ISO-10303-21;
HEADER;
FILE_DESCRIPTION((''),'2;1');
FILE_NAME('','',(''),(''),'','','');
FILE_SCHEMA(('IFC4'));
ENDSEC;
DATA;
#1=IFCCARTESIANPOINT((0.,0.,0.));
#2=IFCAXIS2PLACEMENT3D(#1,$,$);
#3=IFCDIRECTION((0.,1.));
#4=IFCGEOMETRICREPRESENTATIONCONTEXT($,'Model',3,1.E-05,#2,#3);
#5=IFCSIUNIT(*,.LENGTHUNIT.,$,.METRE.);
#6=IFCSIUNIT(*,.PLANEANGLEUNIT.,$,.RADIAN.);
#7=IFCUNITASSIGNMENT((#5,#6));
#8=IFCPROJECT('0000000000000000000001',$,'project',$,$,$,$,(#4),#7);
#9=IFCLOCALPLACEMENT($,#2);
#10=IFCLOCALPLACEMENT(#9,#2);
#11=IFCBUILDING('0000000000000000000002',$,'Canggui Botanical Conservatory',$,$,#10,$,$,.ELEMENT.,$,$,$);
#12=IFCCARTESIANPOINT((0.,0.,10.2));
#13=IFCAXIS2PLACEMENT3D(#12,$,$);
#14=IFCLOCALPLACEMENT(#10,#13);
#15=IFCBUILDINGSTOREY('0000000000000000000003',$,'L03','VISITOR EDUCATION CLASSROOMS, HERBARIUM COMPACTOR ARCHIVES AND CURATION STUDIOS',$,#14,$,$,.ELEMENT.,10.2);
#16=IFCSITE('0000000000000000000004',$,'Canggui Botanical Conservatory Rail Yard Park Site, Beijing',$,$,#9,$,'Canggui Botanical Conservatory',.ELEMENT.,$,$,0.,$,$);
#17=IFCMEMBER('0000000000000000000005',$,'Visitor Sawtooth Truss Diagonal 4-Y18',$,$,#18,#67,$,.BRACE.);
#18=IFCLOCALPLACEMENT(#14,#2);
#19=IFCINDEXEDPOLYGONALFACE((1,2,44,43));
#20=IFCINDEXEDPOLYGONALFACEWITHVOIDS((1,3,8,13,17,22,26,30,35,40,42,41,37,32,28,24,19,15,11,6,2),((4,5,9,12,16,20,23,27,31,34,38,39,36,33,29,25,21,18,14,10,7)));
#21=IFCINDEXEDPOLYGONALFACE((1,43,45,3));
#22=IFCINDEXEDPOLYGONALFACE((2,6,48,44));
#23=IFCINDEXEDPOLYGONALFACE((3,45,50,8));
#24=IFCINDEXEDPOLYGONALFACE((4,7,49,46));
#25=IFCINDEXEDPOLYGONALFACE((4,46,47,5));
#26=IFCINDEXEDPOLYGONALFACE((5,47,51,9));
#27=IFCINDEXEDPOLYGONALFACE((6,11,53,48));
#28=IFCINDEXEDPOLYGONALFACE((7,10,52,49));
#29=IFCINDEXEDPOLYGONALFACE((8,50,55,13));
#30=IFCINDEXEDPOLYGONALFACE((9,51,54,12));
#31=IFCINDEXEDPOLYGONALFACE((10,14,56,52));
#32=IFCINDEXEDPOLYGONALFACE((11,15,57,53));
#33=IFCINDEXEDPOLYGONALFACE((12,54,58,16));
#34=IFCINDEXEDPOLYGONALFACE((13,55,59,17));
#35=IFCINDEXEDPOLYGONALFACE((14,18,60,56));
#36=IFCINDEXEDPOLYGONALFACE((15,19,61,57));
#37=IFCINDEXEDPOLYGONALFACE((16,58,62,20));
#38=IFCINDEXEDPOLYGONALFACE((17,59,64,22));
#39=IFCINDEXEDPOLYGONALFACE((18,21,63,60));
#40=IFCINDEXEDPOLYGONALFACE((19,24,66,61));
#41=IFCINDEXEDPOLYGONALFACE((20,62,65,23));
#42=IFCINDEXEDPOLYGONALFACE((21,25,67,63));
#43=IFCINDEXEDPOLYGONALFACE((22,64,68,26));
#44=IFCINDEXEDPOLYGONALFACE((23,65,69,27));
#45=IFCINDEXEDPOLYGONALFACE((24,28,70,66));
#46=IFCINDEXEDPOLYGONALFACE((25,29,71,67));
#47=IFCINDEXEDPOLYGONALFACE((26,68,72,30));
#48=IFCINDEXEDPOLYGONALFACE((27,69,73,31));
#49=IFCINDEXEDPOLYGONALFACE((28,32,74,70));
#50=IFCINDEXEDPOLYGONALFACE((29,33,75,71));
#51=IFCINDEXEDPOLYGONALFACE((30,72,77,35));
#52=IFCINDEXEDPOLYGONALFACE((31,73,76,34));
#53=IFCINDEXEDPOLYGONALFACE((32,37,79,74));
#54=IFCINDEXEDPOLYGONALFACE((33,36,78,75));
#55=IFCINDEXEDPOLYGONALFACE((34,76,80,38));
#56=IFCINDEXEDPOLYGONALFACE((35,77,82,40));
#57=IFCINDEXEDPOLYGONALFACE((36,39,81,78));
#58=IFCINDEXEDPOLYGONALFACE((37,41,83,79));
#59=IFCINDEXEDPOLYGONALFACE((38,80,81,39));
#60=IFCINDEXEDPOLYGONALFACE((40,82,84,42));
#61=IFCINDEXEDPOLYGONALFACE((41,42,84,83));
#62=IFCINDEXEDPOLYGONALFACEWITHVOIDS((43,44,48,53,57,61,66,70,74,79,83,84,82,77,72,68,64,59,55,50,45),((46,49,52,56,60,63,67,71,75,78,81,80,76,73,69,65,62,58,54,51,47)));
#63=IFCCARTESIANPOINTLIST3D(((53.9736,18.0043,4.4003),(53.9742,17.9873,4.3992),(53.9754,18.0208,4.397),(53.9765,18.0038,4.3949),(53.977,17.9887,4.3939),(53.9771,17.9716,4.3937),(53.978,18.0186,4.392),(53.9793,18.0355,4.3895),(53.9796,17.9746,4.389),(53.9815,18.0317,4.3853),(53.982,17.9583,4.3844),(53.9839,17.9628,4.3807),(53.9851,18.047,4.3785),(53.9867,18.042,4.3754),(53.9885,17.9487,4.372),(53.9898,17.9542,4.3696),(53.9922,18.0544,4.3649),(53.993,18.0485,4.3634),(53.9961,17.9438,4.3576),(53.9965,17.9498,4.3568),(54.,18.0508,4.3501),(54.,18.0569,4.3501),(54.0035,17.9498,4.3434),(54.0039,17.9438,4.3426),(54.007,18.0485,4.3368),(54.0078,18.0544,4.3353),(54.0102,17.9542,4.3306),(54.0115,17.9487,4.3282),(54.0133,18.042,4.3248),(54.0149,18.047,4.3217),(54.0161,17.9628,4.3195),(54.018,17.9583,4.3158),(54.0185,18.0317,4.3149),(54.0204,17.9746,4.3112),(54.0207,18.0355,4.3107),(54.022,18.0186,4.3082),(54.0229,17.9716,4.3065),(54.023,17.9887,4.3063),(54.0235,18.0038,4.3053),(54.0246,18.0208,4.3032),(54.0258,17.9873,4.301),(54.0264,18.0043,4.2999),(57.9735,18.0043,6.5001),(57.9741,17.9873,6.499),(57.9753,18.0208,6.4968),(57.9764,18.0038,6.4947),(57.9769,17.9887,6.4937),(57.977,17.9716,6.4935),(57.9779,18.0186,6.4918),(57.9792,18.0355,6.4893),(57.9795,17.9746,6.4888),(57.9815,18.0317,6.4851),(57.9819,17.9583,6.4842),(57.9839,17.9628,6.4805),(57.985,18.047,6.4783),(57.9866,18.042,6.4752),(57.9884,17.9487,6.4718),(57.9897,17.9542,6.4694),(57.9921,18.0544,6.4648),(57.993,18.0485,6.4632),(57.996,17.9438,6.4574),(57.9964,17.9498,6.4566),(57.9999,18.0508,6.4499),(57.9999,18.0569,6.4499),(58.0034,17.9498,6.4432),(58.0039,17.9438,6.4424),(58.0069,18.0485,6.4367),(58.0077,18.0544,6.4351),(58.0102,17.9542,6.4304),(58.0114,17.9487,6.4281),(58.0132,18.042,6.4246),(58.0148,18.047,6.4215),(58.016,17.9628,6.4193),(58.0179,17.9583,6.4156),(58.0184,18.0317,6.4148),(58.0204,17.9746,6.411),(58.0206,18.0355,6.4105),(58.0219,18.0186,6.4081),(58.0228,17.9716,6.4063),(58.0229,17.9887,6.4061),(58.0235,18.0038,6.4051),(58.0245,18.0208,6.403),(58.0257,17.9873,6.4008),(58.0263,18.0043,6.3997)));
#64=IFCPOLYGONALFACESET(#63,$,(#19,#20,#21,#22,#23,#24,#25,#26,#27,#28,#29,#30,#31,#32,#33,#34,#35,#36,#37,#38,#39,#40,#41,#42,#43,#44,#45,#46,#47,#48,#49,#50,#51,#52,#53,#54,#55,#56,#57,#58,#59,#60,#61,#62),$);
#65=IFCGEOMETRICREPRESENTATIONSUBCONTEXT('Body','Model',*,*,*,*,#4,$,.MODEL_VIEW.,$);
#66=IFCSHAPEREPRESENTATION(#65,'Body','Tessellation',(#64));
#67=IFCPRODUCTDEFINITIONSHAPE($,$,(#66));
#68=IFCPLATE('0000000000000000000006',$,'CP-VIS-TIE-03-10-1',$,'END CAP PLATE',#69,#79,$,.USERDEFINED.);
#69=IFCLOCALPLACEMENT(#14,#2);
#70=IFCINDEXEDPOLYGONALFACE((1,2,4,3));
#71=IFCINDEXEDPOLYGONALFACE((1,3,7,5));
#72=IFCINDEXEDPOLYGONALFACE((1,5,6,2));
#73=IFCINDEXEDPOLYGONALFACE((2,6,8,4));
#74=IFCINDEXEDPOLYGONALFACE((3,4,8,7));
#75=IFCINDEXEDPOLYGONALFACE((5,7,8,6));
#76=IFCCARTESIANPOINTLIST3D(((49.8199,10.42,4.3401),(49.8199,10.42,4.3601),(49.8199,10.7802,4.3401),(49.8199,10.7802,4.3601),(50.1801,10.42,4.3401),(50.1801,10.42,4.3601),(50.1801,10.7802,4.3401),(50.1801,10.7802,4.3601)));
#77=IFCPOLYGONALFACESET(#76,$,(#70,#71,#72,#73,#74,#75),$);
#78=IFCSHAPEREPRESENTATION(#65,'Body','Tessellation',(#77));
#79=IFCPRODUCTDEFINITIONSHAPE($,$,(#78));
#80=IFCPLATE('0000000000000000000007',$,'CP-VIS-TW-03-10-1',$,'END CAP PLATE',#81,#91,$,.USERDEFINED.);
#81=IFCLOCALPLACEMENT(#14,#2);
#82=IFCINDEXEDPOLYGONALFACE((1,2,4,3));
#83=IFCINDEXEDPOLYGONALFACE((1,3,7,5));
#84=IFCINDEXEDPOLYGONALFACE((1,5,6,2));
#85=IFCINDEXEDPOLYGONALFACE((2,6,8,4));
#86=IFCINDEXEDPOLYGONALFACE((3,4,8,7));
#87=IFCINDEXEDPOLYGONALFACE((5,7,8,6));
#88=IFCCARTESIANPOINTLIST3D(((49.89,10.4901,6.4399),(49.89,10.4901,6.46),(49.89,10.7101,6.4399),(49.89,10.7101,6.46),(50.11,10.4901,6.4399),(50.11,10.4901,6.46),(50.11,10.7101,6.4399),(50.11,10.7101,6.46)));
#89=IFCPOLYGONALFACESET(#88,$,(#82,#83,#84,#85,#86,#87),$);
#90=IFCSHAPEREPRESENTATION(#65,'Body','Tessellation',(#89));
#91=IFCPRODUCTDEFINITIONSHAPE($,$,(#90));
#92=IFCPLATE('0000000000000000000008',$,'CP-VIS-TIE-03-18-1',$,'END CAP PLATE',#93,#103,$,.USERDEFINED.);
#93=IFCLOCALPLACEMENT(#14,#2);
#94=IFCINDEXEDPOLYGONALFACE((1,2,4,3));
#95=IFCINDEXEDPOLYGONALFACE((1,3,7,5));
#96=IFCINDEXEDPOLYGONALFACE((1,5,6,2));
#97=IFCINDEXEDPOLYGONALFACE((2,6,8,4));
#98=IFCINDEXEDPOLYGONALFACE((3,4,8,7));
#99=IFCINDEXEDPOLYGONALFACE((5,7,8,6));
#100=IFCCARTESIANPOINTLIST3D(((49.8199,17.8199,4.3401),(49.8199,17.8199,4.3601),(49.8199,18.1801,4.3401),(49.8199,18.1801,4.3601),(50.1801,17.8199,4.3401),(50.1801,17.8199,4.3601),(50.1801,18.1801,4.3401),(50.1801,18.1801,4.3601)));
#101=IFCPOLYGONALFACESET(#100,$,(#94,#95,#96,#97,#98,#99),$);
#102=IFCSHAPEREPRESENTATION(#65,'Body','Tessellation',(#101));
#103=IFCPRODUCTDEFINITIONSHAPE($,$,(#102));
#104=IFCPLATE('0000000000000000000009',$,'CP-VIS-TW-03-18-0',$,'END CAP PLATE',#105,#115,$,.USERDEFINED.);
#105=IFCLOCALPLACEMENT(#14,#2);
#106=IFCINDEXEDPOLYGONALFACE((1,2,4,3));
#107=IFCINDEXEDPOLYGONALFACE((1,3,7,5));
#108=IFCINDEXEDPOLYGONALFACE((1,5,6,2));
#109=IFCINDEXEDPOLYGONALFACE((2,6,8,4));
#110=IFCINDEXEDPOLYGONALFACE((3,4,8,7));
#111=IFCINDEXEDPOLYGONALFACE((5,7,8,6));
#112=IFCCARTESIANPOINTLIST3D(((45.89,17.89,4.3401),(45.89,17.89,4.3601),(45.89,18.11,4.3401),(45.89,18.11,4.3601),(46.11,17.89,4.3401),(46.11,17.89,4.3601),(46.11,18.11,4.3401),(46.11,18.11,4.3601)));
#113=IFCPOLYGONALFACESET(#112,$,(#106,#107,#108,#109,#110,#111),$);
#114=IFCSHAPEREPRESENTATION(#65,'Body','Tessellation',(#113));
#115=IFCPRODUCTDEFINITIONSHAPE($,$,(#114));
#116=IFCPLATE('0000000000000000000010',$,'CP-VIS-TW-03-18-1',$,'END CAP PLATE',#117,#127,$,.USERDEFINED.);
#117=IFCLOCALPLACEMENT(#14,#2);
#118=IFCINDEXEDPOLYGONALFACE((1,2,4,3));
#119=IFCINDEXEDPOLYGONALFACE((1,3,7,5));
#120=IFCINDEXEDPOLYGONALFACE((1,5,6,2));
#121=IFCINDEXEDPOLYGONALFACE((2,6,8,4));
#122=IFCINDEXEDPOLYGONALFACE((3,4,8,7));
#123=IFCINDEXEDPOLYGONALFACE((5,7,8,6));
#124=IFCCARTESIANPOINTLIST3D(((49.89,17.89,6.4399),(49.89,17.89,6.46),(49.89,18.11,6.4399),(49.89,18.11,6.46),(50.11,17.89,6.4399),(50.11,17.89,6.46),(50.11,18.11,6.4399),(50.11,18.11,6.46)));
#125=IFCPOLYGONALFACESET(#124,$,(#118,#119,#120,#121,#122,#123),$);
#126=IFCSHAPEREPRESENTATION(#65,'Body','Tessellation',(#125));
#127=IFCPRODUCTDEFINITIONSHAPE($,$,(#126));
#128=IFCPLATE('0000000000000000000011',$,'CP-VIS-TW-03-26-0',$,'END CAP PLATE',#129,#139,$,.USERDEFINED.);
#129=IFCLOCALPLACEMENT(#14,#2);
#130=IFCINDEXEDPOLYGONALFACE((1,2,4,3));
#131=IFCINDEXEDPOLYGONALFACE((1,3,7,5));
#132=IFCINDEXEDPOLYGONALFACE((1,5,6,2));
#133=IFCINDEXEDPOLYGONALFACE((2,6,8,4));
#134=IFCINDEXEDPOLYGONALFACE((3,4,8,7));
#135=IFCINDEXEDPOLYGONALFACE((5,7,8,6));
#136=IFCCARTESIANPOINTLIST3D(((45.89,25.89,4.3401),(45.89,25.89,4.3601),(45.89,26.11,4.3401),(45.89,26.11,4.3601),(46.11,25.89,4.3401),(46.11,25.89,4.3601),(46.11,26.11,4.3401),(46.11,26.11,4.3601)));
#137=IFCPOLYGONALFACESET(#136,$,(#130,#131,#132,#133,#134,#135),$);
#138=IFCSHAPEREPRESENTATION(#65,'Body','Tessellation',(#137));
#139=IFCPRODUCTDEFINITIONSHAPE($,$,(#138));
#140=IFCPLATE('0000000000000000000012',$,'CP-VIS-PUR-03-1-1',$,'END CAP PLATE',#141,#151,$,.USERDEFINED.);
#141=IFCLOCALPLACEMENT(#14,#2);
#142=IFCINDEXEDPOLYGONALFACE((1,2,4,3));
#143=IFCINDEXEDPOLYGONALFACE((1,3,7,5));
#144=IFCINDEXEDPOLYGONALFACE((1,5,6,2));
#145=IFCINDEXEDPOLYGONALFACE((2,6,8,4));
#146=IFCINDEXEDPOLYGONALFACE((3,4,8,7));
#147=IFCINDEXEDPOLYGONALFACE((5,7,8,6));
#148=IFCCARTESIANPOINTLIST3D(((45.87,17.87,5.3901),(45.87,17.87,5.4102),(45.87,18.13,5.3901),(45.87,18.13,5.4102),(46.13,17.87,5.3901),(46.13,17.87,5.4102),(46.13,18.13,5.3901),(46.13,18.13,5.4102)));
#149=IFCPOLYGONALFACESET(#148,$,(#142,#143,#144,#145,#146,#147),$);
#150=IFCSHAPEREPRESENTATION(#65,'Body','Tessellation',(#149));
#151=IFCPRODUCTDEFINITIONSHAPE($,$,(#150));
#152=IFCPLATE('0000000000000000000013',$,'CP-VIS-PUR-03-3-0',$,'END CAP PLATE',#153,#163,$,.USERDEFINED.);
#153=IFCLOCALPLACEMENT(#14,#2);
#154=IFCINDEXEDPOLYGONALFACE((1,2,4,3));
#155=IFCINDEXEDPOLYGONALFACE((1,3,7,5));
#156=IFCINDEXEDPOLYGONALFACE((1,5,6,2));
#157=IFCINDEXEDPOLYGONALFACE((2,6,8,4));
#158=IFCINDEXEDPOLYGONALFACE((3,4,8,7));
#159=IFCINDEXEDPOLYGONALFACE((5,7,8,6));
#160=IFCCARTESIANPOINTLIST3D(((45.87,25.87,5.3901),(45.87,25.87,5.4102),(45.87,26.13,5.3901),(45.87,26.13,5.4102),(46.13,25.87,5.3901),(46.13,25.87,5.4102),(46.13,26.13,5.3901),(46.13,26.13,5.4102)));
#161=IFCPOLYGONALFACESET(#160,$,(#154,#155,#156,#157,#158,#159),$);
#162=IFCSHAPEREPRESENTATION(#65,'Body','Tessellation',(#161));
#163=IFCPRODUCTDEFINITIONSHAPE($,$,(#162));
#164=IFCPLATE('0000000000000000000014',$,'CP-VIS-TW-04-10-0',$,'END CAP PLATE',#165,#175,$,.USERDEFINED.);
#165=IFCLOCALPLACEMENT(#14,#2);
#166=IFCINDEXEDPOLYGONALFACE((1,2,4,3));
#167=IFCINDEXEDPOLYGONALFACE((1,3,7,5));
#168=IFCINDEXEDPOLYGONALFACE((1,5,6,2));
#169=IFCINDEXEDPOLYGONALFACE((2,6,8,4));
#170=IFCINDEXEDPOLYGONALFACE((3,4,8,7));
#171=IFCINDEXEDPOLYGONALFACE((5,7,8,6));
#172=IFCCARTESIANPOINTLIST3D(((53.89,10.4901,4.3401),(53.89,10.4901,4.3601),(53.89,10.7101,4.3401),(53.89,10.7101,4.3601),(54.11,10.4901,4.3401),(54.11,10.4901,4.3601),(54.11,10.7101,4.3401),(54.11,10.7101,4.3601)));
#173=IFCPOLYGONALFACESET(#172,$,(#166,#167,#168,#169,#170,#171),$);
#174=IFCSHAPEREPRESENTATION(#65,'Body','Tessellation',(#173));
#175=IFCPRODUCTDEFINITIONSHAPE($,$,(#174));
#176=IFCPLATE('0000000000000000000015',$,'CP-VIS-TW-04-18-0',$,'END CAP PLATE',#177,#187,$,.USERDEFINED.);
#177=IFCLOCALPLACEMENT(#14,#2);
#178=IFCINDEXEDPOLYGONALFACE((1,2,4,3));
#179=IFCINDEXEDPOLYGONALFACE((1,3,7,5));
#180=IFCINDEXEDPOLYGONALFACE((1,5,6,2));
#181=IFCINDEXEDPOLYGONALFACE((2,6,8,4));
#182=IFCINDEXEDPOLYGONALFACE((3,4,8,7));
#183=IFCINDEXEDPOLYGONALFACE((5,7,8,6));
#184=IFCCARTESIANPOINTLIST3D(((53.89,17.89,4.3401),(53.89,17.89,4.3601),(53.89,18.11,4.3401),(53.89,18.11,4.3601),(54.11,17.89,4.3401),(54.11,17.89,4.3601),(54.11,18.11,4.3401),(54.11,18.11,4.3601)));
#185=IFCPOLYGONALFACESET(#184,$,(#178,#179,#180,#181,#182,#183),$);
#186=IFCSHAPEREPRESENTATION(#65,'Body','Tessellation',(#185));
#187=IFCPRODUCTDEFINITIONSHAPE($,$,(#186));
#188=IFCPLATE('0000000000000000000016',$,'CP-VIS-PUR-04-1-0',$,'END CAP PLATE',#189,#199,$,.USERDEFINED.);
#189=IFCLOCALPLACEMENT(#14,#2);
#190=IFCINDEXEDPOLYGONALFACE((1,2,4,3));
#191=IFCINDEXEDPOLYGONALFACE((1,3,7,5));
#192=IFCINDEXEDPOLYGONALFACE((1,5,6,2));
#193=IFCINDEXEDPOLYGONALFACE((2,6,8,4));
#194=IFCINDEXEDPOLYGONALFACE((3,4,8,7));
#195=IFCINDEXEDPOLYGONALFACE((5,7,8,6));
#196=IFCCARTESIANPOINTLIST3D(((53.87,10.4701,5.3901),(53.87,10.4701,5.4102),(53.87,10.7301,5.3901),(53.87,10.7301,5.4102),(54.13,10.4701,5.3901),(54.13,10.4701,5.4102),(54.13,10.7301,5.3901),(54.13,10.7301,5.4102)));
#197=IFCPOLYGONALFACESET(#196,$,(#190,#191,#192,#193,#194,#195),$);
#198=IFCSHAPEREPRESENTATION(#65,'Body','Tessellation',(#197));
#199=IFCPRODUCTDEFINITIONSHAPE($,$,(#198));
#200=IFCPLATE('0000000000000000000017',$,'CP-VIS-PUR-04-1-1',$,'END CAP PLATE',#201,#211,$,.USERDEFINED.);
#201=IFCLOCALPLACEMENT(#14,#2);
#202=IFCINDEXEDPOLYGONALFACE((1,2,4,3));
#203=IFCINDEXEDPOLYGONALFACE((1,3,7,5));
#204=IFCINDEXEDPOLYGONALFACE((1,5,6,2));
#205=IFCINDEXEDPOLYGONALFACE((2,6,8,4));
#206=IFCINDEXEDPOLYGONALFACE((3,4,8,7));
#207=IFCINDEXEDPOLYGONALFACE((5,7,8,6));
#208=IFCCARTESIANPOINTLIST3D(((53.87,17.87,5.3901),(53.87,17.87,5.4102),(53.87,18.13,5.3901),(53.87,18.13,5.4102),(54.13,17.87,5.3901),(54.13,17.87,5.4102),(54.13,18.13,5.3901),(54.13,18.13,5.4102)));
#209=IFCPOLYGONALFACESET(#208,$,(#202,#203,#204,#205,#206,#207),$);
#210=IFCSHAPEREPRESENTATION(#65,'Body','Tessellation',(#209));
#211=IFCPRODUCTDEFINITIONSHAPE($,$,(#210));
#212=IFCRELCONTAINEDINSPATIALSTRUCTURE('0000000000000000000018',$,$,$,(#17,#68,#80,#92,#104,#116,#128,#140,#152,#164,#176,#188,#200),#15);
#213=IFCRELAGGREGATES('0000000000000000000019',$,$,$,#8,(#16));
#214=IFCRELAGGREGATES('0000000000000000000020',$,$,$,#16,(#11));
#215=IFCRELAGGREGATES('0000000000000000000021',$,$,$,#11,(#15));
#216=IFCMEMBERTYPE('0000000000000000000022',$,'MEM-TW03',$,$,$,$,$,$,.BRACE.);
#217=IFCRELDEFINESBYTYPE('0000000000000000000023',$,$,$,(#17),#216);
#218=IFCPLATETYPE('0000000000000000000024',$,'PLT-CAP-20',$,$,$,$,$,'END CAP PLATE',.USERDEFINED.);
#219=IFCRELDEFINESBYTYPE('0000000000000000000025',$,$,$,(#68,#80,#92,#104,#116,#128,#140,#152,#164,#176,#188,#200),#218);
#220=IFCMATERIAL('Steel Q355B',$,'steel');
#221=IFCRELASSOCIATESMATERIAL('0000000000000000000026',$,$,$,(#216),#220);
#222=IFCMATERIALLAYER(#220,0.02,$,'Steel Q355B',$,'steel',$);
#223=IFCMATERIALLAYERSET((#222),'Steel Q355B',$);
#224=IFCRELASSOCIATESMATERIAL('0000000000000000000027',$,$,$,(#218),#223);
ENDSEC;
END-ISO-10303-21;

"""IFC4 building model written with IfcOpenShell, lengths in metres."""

from ifc_helpers import new_model, si_unit, direction, frame, origin, origin_2d, place, context, subcontext, project, spatial, rectangle, hollow_circle, extrude, material, layer, layer_set, material_profile, profile_set, type_object, element, save


model = new_model("IFC4")

# Units and contexts
model_context = context("Model", 3, precision=1e-05, world=origin(), true_north=direction((0.0, 1.0)))
body_context = subcontext(model_context, "Body", "Model", "MODEL_VIEW")
ifc_project = project(units=[si_unit("LENGTHUNIT", "METRE"), si_unit("PLANEANGLEUNIT", "RADIAN")], contexts=[model_context])

# Site, building, storey
site_placement = place(None, origin())
site = spatial("IfcSite", under=ifc_project, at=site_placement, Name="Canggui Botanical Conservatory Rail Yard Park Site, Beijing", LongName="Canggui Botanical Conservatory", CompositionType="ELEMENT", RefElevation=0.0)
building_placement = place(site_placement, origin())
building = spatial("IfcBuilding", under=site, at=building_placement, Name="Canggui Botanical Conservatory", CompositionType="ELEMENT")
storey_placement = place(building_placement, frame((0.0, 0.0, 10.2)))
storey = spatial("IfcBuildingStorey", under=building, at=storey_placement, Name="L03", Description="VISITOR EDUCATION CLASSROOMS, HERBARIUM COMPACTOR ARCHIVES AND CURATION STUDIOS", CompositionType="ELEMENT", Elevation=10.2)

# Shared definitions
ifc_material_1 = material(Name="Steel Q355B", Category="steel")

# Member
ifc_material_profile_1 = material_profile(ifc_material_1, hollow_circle(Radius=0.0569, WallThickness=0.0061, at=origin_2d()), Name="CHS 114x6")
ifc_profile_set_1 = profile_set([ifc_material_profile_1], Name="Steel Q355B")
member_type_1 = type_object("IfcMemberType", Name="MEM-TW03", PredefinedType="BRACE", material=ifc_profile_set_1)
for number, where, z_axis, x_axis, name in (
    (1, (54.0, 18.0, 4.3501), (0.885411, 0.0, 0.464808), (0.0, 1.0, 0.0), "Visitor Sawtooth Truss Diagonal 4-Y18"),
):
    element("IfcMember", number, at=place(storey_placement, frame(where, z_axis=z_axis, x_axis=x_axis)), inside=storey, type_object=member_type_1, Name=name, PredefinedType="BRACE", context=body_context, shape_type="SweptSolid", body=[
        extrude(hollow_circle(Radius=0.0569, WallThickness=0.0061, at=origin_2d()), origin(), (0.0, 0.0, 1.0), 4.5176),
    ])

# Plates
ifc_layer_1 = layer(ifc_material_1, 0.02, Name="Steel Q355B", Category="steel")
ifc_layer_set_1 = layer_set([ifc_layer_1], Name="Steel Q355B")
plate_type = type_object("IfcPlateType", Name="PLT-CAP-20", ElementType="END CAP PLATE", PredefinedType="USERDEFINED", material=ifc_layer_set_1)
plate_1_placement = place(storey_placement, frame((50.0, 10.6001, 4.3401), z_axis=(0.0, 0.0, 1.0), x_axis=(1.0, 0.0, 0.0)))
element("IfcPlate", 2, at=plate_1_placement, inside=storey, type_object=plate_type, Name="CP-VIS-TIE-03-10-1", ObjectType="END CAP PLATE", PredefinedType="USERDEFINED", context=body_context, shape_type="SweptSolid", body=[
    extrude(rectangle(XDim=0.3601, YDim=0.3601, at=origin_2d()), origin(), (0.0, 0.0, 1.0), 0.02),
])
plate_2_placement = place(storey_placement, frame((50.0, 10.6001, 6.4399), z_axis=(0.0, 0.0, 1.0), x_axis=(1.0, 0.0, 0.0)))
element("IfcPlate", 3, at=plate_2_placement, inside=storey, type_object=plate_type, Name="CP-VIS-TW-03-10-1", ObjectType="END CAP PLATE", PredefinedType="USERDEFINED", context=body_context, shape_type="SweptSolid", body=[
    extrude(rectangle(XDim=0.22, YDim=0.22, at=origin_2d()), origin(), (0.0, 0.0, 1.0), 0.02),
])
plate_3_placement = place(storey_placement, frame((50.0, 18.0, 4.3401), z_axis=(0.0, 0.0, 1.0), x_axis=(1.0, 0.0, 0.0)))
element("IfcPlate", 4, at=plate_3_placement, inside=storey, type_object=plate_type, Name="CP-VIS-TIE-03-18-1", ObjectType="END CAP PLATE", PredefinedType="USERDEFINED", context=body_context, shape_type="SweptSolid", body=[
    extrude(rectangle(XDim=0.3601, YDim=0.3601, at=origin_2d()), origin(), (0.0, 0.0, 1.0), 0.02),
])
for number, where, z_axis, x_axis, name in (
    (5, (46.0, 18.0, 4.3401), (0.0, 0.0, 1.0), (1.0, 0.0, 0.0), "CP-VIS-TW-03-18-0"),
    (6, (50.0, 18.0, 6.4399), (0.0, 0.0, 1.0), (1.0, 0.0, 0.0), "CP-VIS-TW-03-18-1"),
    (7, (46.0, 26.0, 4.3401), (0.0, 0.0, 1.0), (1.0, 0.0, 0.0), "CP-VIS-TW-03-26-0"),
):
    element("IfcPlate", number, at=place(storey_placement, frame(where, z_axis=z_axis, x_axis=x_axis)), inside=storey, type_object=plate_type, Name=name, ObjectType="END CAP PLATE", PredefinedType="USERDEFINED", context=body_context, shape_type="SweptSolid", body=[
        extrude(rectangle(XDim=0.22, YDim=0.22, at=origin_2d()), origin(), (0.0, 0.0, 1.0), 0.02),
    ])
for number, where, z_axis, x_axis, name in (
    (8, (46.0, 18.0, 5.3901), (0.0, 0.0, 1.0), (1.0, 0.0, 0.0), "CP-VIS-PUR-03-1-1"),
    (9, (46.0, 26.0, 5.3901), (0.0, 0.0, 1.0), (1.0, 0.0, 0.0), "CP-VIS-PUR-03-3-0"),
):
    element("IfcPlate", number, at=place(storey_placement, frame(where, z_axis=z_axis, x_axis=x_axis)), inside=storey, type_object=plate_type, Name=name, ObjectType="END CAP PLATE", PredefinedType="USERDEFINED", context=body_context, shape_type="SweptSolid", body=[
        extrude(rectangle(XDim=0.26, YDim=0.26, at=origin_2d()), origin(), (0.0, 0.0, 1.0), 0.02),
    ])
for number, where, z_axis, x_axis, name in (
    (10, (54.0, 10.6001, 4.3401), (0.0, 0.0, 1.0), (1.0, 0.0, 0.0), "CP-VIS-TW-04-10-0"),
    (11, (54.0, 18.0, 4.3401), (0.0, 0.0, 1.0), (1.0, 0.0, 0.0), "CP-VIS-TW-04-18-0"),
):
    element("IfcPlate", number, at=place(storey_placement, frame(where, z_axis=z_axis, x_axis=x_axis)), inside=storey, type_object=plate_type, Name=name, ObjectType="END CAP PLATE", PredefinedType="USERDEFINED", context=body_context, shape_type="SweptSolid", body=[
        extrude(rectangle(XDim=0.22, YDim=0.22, at=origin_2d()), origin(), (0.0, 0.0, 1.0), 0.02),
    ])
for number, where, z_axis, x_axis, name in (
    (12, (54.0, 10.6001, 5.3901), (0.0, 0.0, 1.0), (1.0, 0.0, 0.0), "CP-VIS-PUR-04-1-0"),
    (13, (54.0, 18.0, 5.3901), (0.0, 0.0, 1.0), (1.0, 0.0, 0.0), "CP-VIS-PUR-04-1-1"),
):
    element("IfcPlate", number, at=place(storey_placement, frame(where, z_axis=z_axis, x_axis=x_axis)), inside=storey, type_object=plate_type, Name=name, ObjectType="END CAP PLATE", PredefinedType="USERDEFINED", context=body_context, shape_type="SweptSolid", body=[
        extrude(rectangle(XDim=0.26, YDim=0.26, at=origin_2d()), origin(), (0.0, 0.0, 1.0), 0.02),
    ])

save(model, "model.ifc")
